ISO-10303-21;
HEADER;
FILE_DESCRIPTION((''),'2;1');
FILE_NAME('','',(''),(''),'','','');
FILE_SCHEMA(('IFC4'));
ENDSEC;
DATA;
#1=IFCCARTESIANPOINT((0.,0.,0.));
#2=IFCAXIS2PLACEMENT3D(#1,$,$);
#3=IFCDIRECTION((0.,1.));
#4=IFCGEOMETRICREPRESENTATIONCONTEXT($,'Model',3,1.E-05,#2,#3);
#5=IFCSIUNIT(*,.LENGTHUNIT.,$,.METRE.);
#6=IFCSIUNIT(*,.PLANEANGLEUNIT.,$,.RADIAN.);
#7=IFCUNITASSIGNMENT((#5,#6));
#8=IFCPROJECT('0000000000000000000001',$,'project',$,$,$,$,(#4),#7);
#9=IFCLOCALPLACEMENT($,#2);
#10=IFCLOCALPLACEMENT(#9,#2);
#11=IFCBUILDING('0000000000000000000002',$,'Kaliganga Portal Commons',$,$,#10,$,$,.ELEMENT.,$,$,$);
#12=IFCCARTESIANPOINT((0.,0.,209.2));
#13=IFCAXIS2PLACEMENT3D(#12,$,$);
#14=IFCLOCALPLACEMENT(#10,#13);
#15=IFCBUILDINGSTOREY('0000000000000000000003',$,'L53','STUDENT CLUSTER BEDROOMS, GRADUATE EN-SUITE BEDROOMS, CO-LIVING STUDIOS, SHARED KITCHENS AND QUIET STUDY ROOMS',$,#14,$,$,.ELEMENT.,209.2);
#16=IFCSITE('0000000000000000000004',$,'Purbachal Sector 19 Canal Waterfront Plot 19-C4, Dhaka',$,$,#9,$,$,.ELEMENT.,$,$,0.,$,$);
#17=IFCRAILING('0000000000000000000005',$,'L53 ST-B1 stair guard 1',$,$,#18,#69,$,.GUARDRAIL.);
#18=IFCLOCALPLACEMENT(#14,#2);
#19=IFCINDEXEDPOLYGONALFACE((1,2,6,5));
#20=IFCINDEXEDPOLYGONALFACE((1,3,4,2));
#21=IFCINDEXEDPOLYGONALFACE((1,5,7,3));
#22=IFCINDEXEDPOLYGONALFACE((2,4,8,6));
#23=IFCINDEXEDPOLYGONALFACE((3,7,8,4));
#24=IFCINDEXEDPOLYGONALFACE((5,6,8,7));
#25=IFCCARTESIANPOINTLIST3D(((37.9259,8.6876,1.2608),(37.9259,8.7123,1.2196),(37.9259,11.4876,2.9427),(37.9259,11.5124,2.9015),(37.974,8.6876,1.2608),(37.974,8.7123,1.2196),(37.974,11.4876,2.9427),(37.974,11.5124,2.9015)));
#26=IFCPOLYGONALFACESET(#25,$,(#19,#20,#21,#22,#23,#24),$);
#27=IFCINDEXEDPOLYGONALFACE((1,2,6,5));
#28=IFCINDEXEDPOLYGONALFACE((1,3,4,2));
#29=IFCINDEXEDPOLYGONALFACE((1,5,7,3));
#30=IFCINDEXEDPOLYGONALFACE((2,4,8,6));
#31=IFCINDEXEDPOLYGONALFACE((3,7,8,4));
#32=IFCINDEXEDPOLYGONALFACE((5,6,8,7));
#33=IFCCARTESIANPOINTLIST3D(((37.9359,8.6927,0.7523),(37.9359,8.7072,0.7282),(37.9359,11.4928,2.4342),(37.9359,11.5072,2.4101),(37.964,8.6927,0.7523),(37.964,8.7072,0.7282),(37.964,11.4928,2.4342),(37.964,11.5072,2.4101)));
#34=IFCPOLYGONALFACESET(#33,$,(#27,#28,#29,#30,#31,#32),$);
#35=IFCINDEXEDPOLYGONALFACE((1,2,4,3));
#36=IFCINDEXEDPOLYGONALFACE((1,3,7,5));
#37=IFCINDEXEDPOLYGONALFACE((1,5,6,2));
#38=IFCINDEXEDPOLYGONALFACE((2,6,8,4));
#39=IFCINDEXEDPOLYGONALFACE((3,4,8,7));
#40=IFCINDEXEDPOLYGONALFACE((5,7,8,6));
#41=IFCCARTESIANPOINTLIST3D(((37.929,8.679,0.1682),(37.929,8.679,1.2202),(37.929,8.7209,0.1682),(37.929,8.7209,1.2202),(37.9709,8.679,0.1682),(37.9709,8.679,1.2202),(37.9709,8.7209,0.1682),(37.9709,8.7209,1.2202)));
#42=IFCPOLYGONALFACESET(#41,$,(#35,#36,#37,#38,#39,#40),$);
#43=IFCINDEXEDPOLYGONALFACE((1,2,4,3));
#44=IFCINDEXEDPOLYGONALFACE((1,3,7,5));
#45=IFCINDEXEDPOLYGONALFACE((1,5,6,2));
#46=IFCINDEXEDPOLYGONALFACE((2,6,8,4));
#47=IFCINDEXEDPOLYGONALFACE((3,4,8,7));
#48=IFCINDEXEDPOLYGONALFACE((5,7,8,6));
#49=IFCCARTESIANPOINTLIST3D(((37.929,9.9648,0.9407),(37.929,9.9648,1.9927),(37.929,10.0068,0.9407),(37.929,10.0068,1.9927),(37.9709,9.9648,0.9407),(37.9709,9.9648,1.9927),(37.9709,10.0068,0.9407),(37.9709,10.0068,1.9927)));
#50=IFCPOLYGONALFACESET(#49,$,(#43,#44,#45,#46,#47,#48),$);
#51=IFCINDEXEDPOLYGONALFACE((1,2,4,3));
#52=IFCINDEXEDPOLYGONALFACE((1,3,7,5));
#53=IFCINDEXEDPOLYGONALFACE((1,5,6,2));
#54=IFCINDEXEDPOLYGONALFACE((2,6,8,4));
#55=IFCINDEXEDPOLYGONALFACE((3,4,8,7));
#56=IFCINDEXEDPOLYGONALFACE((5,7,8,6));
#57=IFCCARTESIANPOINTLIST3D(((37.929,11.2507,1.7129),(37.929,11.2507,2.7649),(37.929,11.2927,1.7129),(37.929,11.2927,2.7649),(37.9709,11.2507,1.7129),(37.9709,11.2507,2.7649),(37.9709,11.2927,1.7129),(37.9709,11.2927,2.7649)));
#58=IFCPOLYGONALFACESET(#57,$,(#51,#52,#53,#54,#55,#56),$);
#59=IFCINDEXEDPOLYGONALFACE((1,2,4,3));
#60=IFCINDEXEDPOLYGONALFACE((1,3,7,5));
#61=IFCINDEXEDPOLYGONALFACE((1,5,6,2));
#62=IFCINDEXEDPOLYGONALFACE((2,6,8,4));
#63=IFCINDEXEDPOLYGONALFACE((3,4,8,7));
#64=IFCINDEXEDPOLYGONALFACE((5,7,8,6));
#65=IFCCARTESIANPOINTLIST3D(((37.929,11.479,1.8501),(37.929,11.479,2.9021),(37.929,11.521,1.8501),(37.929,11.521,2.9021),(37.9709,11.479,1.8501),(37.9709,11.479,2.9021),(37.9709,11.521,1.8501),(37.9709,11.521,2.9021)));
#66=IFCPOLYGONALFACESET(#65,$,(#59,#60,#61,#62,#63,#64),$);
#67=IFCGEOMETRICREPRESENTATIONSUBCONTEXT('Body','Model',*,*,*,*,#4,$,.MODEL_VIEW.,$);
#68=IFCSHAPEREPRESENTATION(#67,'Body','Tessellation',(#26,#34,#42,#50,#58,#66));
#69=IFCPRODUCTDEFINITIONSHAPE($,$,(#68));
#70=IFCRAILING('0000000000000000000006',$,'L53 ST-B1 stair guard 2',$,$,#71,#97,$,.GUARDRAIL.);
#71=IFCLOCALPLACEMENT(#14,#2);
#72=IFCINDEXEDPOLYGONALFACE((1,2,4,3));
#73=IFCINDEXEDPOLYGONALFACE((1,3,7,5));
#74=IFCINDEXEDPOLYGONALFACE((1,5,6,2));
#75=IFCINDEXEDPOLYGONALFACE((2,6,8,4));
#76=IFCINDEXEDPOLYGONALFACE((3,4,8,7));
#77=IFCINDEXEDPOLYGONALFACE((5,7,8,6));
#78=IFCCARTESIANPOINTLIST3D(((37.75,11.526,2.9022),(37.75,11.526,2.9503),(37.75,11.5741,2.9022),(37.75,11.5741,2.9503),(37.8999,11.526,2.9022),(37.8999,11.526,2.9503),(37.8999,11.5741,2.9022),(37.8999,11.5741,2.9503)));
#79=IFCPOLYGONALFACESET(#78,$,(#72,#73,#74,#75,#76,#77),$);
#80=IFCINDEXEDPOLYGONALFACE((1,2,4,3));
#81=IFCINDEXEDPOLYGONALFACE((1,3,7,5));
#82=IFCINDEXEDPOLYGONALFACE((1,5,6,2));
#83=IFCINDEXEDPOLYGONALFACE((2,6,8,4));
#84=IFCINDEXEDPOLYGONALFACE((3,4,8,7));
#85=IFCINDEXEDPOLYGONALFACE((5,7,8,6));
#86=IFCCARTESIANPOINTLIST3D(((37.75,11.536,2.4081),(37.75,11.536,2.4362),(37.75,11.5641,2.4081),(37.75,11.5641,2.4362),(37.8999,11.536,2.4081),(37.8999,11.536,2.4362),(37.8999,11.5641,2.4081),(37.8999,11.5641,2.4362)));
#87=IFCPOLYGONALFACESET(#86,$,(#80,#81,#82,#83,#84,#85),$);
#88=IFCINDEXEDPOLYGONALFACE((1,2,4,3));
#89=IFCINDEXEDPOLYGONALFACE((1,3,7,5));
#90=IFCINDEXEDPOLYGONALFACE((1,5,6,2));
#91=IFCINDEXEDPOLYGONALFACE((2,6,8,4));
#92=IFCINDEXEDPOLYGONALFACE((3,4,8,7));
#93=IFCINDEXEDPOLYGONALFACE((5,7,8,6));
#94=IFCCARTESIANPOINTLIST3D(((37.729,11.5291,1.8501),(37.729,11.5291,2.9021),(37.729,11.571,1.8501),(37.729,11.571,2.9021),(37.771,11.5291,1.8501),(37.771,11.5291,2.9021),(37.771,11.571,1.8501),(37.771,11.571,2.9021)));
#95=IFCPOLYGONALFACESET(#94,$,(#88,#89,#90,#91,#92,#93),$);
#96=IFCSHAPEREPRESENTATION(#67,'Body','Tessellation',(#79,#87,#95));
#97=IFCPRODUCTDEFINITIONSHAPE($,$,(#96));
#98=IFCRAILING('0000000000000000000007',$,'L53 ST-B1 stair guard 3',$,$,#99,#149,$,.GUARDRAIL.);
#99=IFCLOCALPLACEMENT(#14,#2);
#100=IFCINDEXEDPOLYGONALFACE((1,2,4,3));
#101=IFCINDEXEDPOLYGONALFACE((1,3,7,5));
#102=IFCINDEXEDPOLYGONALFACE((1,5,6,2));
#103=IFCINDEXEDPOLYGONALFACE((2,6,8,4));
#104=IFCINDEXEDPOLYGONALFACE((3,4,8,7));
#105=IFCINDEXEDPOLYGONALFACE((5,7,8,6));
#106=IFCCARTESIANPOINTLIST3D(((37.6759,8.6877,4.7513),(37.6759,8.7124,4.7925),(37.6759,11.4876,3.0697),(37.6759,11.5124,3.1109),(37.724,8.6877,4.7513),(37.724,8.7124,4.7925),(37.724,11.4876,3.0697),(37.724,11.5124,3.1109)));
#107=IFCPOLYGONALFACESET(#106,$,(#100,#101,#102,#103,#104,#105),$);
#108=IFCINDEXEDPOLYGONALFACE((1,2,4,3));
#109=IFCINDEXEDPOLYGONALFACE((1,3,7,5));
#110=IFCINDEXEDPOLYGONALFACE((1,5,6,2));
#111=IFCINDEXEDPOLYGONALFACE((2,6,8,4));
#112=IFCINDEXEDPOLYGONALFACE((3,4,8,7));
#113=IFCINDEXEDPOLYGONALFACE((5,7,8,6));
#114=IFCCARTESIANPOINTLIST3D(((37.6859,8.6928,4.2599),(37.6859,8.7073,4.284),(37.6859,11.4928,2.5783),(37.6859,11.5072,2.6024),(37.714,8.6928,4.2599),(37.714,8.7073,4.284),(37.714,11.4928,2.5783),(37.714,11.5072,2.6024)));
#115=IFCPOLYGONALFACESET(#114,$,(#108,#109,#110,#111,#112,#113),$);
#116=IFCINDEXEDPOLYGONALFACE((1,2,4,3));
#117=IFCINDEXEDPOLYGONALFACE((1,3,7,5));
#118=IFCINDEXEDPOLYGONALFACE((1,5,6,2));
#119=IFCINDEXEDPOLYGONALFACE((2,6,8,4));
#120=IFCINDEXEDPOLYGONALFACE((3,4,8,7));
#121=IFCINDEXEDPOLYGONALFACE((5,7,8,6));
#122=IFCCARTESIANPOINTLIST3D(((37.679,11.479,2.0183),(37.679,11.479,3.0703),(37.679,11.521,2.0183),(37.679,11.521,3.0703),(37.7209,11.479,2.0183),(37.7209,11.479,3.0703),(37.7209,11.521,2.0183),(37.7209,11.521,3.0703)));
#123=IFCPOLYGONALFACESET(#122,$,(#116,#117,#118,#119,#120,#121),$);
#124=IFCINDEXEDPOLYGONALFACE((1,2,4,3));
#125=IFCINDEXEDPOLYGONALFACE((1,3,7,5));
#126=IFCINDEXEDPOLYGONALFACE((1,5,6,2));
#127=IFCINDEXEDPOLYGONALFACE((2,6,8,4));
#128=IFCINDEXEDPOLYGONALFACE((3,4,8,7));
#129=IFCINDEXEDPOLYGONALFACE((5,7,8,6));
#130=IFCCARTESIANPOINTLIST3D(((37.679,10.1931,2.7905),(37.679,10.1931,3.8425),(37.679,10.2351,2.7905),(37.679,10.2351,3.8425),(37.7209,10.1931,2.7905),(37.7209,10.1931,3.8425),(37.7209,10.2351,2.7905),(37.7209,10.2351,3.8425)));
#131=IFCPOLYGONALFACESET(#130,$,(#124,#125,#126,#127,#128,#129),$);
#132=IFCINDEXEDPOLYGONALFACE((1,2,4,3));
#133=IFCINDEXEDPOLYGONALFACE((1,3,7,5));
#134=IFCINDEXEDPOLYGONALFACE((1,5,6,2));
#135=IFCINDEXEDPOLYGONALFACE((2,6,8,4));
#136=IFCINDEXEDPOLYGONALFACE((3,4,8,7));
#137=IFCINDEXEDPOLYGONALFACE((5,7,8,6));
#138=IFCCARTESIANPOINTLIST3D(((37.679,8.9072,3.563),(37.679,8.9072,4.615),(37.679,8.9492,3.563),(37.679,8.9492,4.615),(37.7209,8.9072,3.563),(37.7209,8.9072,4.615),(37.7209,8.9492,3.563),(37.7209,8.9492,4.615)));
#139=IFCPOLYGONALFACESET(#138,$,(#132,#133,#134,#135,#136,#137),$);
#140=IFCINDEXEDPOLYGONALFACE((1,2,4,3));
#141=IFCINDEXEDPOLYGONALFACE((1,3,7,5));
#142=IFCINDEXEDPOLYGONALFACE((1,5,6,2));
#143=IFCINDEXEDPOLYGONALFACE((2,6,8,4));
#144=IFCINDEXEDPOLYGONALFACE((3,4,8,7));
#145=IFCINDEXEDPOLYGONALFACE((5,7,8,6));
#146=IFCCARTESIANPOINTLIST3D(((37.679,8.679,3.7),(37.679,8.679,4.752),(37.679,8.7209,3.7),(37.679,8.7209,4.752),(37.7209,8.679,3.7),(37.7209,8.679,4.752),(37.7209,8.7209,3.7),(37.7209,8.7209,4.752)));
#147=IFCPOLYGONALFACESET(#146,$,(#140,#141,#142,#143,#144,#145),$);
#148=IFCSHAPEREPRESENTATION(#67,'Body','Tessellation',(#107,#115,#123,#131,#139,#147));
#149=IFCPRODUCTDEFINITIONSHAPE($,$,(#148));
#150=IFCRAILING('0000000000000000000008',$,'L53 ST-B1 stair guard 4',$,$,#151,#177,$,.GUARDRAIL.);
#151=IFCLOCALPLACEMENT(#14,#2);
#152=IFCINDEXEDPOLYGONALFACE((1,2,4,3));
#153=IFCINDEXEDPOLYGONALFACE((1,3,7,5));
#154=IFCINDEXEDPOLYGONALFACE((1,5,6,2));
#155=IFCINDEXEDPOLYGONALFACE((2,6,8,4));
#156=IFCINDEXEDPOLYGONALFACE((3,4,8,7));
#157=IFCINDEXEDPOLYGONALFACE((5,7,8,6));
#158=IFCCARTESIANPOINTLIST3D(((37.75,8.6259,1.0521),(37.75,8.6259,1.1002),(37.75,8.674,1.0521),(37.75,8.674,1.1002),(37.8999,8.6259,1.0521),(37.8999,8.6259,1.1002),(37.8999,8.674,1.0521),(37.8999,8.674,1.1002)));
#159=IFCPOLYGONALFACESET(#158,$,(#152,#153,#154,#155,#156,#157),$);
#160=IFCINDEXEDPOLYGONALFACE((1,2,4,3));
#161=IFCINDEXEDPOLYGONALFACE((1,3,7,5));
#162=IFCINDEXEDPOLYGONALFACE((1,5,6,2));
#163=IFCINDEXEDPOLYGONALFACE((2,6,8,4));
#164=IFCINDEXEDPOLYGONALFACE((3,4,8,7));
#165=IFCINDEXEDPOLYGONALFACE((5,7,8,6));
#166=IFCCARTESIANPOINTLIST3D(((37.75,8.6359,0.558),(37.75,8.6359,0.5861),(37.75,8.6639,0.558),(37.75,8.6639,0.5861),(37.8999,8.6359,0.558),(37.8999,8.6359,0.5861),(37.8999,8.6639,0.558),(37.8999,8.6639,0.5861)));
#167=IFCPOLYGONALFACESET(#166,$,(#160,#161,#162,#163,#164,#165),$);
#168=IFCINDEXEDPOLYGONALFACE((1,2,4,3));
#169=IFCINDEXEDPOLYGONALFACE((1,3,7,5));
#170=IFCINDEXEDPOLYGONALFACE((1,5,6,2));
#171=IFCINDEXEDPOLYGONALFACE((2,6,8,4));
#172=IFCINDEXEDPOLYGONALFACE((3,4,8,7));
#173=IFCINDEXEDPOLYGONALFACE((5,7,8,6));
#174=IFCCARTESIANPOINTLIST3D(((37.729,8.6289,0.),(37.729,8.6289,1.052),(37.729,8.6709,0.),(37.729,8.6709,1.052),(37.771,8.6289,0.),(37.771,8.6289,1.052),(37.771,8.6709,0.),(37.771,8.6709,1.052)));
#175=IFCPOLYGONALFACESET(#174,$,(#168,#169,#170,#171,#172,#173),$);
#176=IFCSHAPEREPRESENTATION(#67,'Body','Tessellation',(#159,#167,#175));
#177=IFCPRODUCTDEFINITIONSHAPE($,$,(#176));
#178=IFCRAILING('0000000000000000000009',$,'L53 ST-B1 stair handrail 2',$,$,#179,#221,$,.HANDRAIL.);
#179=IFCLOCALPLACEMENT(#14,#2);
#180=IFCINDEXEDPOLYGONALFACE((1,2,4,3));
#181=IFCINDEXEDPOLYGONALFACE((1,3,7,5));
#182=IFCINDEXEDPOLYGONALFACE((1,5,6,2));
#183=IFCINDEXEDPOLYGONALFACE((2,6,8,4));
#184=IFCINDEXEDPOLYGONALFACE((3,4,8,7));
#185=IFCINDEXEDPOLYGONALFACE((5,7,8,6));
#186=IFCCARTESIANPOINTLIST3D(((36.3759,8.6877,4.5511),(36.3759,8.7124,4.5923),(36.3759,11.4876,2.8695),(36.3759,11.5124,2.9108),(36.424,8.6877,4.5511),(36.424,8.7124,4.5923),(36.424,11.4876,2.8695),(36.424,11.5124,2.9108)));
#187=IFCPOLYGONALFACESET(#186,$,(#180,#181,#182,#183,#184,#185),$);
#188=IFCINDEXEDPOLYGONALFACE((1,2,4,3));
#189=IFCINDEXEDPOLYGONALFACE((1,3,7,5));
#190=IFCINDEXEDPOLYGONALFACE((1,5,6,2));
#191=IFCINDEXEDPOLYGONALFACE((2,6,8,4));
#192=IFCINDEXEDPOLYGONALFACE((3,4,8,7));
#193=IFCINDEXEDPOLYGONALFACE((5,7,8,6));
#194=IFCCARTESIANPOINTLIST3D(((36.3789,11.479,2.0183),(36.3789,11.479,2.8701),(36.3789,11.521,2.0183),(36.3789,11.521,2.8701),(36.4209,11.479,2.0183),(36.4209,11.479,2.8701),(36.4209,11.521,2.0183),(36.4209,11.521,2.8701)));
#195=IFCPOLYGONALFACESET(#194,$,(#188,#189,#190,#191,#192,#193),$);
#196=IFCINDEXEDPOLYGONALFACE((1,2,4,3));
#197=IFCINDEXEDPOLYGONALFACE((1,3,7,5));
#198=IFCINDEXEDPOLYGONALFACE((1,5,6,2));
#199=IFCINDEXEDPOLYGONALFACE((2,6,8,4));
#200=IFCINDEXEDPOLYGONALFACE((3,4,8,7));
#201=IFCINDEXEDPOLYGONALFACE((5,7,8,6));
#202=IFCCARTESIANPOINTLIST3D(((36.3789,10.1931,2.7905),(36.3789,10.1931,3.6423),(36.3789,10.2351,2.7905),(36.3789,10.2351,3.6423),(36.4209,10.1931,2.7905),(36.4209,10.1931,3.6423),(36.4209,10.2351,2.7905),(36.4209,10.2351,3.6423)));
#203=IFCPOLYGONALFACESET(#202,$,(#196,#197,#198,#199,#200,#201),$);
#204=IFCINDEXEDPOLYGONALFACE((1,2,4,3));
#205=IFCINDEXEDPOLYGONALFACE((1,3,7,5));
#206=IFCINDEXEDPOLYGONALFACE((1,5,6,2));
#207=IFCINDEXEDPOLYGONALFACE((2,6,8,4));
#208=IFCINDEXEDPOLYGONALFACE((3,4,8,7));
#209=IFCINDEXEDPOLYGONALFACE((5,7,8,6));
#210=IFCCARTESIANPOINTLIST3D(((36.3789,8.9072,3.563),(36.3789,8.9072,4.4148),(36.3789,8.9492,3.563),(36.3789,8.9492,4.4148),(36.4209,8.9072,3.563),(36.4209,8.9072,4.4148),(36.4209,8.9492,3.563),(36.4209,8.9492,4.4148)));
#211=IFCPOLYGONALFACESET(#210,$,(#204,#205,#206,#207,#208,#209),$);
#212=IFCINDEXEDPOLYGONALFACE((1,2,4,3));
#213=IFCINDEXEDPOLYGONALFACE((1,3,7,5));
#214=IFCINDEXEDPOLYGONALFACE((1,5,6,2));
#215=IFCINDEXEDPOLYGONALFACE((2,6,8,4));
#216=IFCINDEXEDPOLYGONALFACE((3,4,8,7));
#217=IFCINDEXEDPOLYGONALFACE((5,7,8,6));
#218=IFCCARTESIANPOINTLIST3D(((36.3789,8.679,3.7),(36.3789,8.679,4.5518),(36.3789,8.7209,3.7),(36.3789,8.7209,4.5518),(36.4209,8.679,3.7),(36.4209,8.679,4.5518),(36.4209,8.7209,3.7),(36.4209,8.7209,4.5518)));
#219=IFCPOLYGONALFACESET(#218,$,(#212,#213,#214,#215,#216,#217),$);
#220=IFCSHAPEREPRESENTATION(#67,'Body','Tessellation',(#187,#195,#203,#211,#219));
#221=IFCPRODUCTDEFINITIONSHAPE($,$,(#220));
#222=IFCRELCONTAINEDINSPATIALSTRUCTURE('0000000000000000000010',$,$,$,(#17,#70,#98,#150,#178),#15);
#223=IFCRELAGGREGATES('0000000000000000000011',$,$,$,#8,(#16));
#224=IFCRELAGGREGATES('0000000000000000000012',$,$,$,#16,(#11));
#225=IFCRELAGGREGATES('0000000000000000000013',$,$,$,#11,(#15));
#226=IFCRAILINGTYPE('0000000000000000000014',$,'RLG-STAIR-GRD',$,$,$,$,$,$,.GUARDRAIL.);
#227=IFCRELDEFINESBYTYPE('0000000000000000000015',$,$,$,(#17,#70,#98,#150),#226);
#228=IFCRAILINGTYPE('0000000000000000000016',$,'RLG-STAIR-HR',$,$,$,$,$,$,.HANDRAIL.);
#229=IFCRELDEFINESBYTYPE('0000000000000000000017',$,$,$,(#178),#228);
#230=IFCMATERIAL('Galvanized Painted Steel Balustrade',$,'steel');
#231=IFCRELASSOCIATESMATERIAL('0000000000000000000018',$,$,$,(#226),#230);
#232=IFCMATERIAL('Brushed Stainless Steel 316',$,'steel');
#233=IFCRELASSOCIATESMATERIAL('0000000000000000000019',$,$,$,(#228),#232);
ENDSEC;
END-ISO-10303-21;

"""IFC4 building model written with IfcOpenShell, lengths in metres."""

from ifc_helpers import new_model, si_unit, direction, frame, origin, origin_2d, place, context, subcontext, project, spatial, rectangle, extrude, material, type_object, element, save


model = new_model("IFC4")

# Units and contexts
model_context = context("Model", 3, precision=1e-05, world=origin(), true_north=direction((0.0, 1.0)))
body_context = subcontext(model_context, "Body", "Model", "MODEL_VIEW")
ifc_project = project(units=[si_unit("LENGTHUNIT", "METRE"), si_unit("PLANEANGLEUNIT", "RADIAN")], contexts=[model_context])

# Site, building, storey
site_placement = place(None, origin())
site = spatial("IfcSite", under=ifc_project, at=site_placement, Name="Purbachal Sector 19 Canal Waterfront Plot 19-C4, Dhaka", CompositionType="ELEMENT", RefElevation=0.0)
building_placement = place(site_placement, origin())
building = spatial("IfcBuilding", under=site, at=building_placement, Name="Kaliganga Portal Commons", CompositionType="ELEMENT")
storey_placement = place(building_placement, frame((0.0, 0.0, 209.2)))
storey = spatial("IfcBuildingStorey", under=building, at=storey_placement, Name="L53", Description="STUDENT CLUSTER BEDROOMS, GRADUATE EN-SUITE BEDROOMS, CO-LIVING STUDIOS, SHARED KITCHENS AND QUIET STUDY ROOMS", CompositionType="ELEMENT", Elevation=209.2)

# Railings
ifc_material_1 = material(Name="Galvanized Painted Steel Balustrade", Category="steel")
railing_type_1 = type_object("IfcRailingType", Name="RLG-STAIR-GRD", PredefinedType="GUARDRAIL", material=ifc_material_1)
railing_1_placement = place(storey_placement, frame((37.95, 8.7, 0.1682)))
element("IfcRailing", 1, at=railing_1_placement, inside=storey, type_object=railing_type_1, Name="L53 ST-B1 stair guard 1", PredefinedType="GUARDRAIL", context=body_context, shape_type="SweptSolid", body=[
    extrude(rectangle(XDim=0.0481, YDim=0.0481, at=origin_2d()), frame((0.0, 0.0, 1.072), z_axis=(0.0, 0.857242, 0.514913), x_axis=(-1.0, 0.0, 0.0)), (0.0, 0.0, 1.0), 3.2664),
    extrude(rectangle(XDim=0.0281, YDim=0.0281, at=origin_2d()), frame((0.0, 0.0, 0.572), z_axis=(0.0, 0.857242, 0.514913), x_axis=(-1.0, 0.0, 0.0)), (0.0, 0.0, 1.0), 3.2664),
    extrude(rectangle(XDim=0.042, YDim=0.042, at=origin_2d()), origin(), (0.0, 0.0, 1.0), 1.052),
    extrude(rectangle(XDim=0.042, YDim=0.042, at=origin_2d()), frame((0.0, 1.2859, 0.7725)), (0.0, 0.0, 1.0), 1.052),
    extrude(rectangle(XDim=0.042, YDim=0.042, at=origin_2d()), frame((0.0, 2.5718, 1.5447)), (0.0, 0.0, 1.0), 1.052),
    extrude(rectangle(XDim=0.042, YDim=0.042, at=origin_2d()), frame((0.0, 2.8, 1.6819)), (0.0, 0.0, 1.0), 1.052),
])
railing_2_placement = place(storey_placement, frame((37.8999, 11.55, 1.8501)))
element("IfcRailing", 2, at=railing_2_placement, inside=storey, type_object=railing_type_1, Name="L53 ST-B1 stair guard 2", PredefinedType="GUARDRAIL", context=body_context, shape_type="SweptSolid", body=[
    extrude(rectangle(XDim=0.0481, YDim=0.0481, at=origin_2d()), frame((0.0, 0.0, 1.0762), z_axis=(-1.0, 0.0, 0.0), x_axis=(0.0, -1.0, 0.0)), (0.0, 0.0, 1.0), 0.1499),
    extrude(rectangle(XDim=0.0281, YDim=0.0281, at=origin_2d()), frame((0.0, 0.0, 0.572), z_axis=(-1.0, 0.0, 0.0), x_axis=(0.0, -1.0, 0.0)), (0.0, 0.0, 1.0), 0.1499),
    extrude(rectangle(XDim=0.042, YDim=0.042, at=origin_2d()), frame((-0.1499, 0.0, 0.0)), (0.0, 0.0, 1.0), 1.052),
])
railing_3_placement = place(storey_placement, frame((37.7, 11.5, 2.0183)))
element("IfcRailing", 3, at=railing_3_placement, inside=storey, type_object=railing_type_1, Name="L53 ST-B1 stair guard 3", PredefinedType="GUARDRAIL", context=body_context, shape_type="SweptSolid", body=[
    extrude(rectangle(XDim=0.0481, YDim=0.0481, at=origin_2d()), frame((0.0, 0.0, 1.072), z_axis=(0.0, -0.857275, 0.514858), x_axis=(1.0, 0.0, 0.0)), (0.0, 0.0, 1.0), 3.2661),
    extrude(rectangle(XDim=0.0281, YDim=0.0281, at=origin_2d()), frame((0.0, 0.0, 0.572), z_axis=(0.0, -0.857275, 0.514858), x_axis=(1.0, 0.0, 0.0)), (0.0, 0.0, 1.0), 3.2661),
    extrude(rectangle(XDim=0.042, YDim=0.042, at=origin_2d()), origin(), (0.0, 0.0, 1.0), 1.052),
    extrude(rectangle(XDim=0.042, YDim=0.042, at=origin_2d()), frame((0.0, -1.2859, 0.7722)), (0.0, 0.0, 1.0), 1.052),
    extrude(rectangle(XDim=0.042, YDim=0.042, at=origin_2d()), frame((0.0, -2.5718, 1.5447)), (0.0, 0.0, 1.0), 1.052),
    extrude(rectangle(XDim=0.042, YDim=0.042, at=origin_2d()), frame((0.0, -2.8, 1.6816)), (0.0, 0.0, 1.0), 1.052),
])
railing_4_placement = place(storey_placement, frame((37.8999, 8.6499, 0.0)))
element("IfcRailing", 4, at=railing_4_placement, inside=storey, type_object=railing_type_1, Name="L53 ST-B1 stair guard 4", PredefinedType="GUARDRAIL", context=body_context, shape_type="SweptSolid", body=[
    extrude(rectangle(XDim=0.0481, YDim=0.0481, at=origin_2d()), frame((0.0, 0.0, 1.0762), z_axis=(-1.0, 0.0, 0.0), x_axis=(0.0, -1.0, 0.0)), (0.0, 0.0, 1.0), 0.1499),
    extrude(rectangle(XDim=0.0281, YDim=0.0281, at=origin_2d()), frame((0.0, 0.0, 0.572), z_axis=(-1.0, 0.0, 0.0), x_axis=(0.0, -1.0, 0.0)), (0.0, 0.0, 1.0), 0.1499),
    extrude(rectangle(XDim=0.042, YDim=0.042, at=origin_2d()), frame((-0.1499, 0.0, 0.0)), (0.0, 0.0, 1.0), 1.052),
])
ifc_material_2 = material(Name="Brushed Stainless Steel 316", Category="steel")
railing_type_2 = type_object("IfcRailingType", Name="RLG-STAIR-HR", PredefinedType="HANDRAIL", material=ifc_material_2)
railing_5_placement = place(storey_placement, frame((36.3999, 11.5, 2.0183)))
element("IfcRailing", 5, at=railing_5_placement, inside=storey, type_object=railing_type_2, Name="L53 ST-B1 stair handrail 2", PredefinedType="HANDRAIL", context=body_context, shape_type="SweptSolid", body=[
    extrude(rectangle(XDim=0.0481, YDim=0.0481, at=origin_2d()), frame((0.0, 0.0, 0.8718), z_axis=(0.0, -0.857275, 0.514858), x_axis=(1.0, 0.0, 0.0)), (0.0, 0.0, 1.0), 3.2661),
    extrude(rectangle(XDim=0.042, YDim=0.042, at=origin_2d()), origin(), (0.0, 0.0, 1.0), 0.8518),
    extrude(rectangle(XDim=0.042, YDim=0.042, at=origin_2d()), frame((0.0, -1.2859, 0.7722)), (0.0, 0.0, 1.0), 0.8518),
    extrude(rectangle(XDim=0.042, YDim=0.042, at=origin_2d()), frame((0.0, -2.5718, 1.5447)), (0.0, 0.0, 1.0), 0.8518),
    extrude(rectangle(XDim=0.042, YDim=0.042, at=origin_2d()), frame((0.0, -2.8, 1.6816)), (0.0, 0.0, 1.0), 0.8518),
])

save(model, "model.ifc")
